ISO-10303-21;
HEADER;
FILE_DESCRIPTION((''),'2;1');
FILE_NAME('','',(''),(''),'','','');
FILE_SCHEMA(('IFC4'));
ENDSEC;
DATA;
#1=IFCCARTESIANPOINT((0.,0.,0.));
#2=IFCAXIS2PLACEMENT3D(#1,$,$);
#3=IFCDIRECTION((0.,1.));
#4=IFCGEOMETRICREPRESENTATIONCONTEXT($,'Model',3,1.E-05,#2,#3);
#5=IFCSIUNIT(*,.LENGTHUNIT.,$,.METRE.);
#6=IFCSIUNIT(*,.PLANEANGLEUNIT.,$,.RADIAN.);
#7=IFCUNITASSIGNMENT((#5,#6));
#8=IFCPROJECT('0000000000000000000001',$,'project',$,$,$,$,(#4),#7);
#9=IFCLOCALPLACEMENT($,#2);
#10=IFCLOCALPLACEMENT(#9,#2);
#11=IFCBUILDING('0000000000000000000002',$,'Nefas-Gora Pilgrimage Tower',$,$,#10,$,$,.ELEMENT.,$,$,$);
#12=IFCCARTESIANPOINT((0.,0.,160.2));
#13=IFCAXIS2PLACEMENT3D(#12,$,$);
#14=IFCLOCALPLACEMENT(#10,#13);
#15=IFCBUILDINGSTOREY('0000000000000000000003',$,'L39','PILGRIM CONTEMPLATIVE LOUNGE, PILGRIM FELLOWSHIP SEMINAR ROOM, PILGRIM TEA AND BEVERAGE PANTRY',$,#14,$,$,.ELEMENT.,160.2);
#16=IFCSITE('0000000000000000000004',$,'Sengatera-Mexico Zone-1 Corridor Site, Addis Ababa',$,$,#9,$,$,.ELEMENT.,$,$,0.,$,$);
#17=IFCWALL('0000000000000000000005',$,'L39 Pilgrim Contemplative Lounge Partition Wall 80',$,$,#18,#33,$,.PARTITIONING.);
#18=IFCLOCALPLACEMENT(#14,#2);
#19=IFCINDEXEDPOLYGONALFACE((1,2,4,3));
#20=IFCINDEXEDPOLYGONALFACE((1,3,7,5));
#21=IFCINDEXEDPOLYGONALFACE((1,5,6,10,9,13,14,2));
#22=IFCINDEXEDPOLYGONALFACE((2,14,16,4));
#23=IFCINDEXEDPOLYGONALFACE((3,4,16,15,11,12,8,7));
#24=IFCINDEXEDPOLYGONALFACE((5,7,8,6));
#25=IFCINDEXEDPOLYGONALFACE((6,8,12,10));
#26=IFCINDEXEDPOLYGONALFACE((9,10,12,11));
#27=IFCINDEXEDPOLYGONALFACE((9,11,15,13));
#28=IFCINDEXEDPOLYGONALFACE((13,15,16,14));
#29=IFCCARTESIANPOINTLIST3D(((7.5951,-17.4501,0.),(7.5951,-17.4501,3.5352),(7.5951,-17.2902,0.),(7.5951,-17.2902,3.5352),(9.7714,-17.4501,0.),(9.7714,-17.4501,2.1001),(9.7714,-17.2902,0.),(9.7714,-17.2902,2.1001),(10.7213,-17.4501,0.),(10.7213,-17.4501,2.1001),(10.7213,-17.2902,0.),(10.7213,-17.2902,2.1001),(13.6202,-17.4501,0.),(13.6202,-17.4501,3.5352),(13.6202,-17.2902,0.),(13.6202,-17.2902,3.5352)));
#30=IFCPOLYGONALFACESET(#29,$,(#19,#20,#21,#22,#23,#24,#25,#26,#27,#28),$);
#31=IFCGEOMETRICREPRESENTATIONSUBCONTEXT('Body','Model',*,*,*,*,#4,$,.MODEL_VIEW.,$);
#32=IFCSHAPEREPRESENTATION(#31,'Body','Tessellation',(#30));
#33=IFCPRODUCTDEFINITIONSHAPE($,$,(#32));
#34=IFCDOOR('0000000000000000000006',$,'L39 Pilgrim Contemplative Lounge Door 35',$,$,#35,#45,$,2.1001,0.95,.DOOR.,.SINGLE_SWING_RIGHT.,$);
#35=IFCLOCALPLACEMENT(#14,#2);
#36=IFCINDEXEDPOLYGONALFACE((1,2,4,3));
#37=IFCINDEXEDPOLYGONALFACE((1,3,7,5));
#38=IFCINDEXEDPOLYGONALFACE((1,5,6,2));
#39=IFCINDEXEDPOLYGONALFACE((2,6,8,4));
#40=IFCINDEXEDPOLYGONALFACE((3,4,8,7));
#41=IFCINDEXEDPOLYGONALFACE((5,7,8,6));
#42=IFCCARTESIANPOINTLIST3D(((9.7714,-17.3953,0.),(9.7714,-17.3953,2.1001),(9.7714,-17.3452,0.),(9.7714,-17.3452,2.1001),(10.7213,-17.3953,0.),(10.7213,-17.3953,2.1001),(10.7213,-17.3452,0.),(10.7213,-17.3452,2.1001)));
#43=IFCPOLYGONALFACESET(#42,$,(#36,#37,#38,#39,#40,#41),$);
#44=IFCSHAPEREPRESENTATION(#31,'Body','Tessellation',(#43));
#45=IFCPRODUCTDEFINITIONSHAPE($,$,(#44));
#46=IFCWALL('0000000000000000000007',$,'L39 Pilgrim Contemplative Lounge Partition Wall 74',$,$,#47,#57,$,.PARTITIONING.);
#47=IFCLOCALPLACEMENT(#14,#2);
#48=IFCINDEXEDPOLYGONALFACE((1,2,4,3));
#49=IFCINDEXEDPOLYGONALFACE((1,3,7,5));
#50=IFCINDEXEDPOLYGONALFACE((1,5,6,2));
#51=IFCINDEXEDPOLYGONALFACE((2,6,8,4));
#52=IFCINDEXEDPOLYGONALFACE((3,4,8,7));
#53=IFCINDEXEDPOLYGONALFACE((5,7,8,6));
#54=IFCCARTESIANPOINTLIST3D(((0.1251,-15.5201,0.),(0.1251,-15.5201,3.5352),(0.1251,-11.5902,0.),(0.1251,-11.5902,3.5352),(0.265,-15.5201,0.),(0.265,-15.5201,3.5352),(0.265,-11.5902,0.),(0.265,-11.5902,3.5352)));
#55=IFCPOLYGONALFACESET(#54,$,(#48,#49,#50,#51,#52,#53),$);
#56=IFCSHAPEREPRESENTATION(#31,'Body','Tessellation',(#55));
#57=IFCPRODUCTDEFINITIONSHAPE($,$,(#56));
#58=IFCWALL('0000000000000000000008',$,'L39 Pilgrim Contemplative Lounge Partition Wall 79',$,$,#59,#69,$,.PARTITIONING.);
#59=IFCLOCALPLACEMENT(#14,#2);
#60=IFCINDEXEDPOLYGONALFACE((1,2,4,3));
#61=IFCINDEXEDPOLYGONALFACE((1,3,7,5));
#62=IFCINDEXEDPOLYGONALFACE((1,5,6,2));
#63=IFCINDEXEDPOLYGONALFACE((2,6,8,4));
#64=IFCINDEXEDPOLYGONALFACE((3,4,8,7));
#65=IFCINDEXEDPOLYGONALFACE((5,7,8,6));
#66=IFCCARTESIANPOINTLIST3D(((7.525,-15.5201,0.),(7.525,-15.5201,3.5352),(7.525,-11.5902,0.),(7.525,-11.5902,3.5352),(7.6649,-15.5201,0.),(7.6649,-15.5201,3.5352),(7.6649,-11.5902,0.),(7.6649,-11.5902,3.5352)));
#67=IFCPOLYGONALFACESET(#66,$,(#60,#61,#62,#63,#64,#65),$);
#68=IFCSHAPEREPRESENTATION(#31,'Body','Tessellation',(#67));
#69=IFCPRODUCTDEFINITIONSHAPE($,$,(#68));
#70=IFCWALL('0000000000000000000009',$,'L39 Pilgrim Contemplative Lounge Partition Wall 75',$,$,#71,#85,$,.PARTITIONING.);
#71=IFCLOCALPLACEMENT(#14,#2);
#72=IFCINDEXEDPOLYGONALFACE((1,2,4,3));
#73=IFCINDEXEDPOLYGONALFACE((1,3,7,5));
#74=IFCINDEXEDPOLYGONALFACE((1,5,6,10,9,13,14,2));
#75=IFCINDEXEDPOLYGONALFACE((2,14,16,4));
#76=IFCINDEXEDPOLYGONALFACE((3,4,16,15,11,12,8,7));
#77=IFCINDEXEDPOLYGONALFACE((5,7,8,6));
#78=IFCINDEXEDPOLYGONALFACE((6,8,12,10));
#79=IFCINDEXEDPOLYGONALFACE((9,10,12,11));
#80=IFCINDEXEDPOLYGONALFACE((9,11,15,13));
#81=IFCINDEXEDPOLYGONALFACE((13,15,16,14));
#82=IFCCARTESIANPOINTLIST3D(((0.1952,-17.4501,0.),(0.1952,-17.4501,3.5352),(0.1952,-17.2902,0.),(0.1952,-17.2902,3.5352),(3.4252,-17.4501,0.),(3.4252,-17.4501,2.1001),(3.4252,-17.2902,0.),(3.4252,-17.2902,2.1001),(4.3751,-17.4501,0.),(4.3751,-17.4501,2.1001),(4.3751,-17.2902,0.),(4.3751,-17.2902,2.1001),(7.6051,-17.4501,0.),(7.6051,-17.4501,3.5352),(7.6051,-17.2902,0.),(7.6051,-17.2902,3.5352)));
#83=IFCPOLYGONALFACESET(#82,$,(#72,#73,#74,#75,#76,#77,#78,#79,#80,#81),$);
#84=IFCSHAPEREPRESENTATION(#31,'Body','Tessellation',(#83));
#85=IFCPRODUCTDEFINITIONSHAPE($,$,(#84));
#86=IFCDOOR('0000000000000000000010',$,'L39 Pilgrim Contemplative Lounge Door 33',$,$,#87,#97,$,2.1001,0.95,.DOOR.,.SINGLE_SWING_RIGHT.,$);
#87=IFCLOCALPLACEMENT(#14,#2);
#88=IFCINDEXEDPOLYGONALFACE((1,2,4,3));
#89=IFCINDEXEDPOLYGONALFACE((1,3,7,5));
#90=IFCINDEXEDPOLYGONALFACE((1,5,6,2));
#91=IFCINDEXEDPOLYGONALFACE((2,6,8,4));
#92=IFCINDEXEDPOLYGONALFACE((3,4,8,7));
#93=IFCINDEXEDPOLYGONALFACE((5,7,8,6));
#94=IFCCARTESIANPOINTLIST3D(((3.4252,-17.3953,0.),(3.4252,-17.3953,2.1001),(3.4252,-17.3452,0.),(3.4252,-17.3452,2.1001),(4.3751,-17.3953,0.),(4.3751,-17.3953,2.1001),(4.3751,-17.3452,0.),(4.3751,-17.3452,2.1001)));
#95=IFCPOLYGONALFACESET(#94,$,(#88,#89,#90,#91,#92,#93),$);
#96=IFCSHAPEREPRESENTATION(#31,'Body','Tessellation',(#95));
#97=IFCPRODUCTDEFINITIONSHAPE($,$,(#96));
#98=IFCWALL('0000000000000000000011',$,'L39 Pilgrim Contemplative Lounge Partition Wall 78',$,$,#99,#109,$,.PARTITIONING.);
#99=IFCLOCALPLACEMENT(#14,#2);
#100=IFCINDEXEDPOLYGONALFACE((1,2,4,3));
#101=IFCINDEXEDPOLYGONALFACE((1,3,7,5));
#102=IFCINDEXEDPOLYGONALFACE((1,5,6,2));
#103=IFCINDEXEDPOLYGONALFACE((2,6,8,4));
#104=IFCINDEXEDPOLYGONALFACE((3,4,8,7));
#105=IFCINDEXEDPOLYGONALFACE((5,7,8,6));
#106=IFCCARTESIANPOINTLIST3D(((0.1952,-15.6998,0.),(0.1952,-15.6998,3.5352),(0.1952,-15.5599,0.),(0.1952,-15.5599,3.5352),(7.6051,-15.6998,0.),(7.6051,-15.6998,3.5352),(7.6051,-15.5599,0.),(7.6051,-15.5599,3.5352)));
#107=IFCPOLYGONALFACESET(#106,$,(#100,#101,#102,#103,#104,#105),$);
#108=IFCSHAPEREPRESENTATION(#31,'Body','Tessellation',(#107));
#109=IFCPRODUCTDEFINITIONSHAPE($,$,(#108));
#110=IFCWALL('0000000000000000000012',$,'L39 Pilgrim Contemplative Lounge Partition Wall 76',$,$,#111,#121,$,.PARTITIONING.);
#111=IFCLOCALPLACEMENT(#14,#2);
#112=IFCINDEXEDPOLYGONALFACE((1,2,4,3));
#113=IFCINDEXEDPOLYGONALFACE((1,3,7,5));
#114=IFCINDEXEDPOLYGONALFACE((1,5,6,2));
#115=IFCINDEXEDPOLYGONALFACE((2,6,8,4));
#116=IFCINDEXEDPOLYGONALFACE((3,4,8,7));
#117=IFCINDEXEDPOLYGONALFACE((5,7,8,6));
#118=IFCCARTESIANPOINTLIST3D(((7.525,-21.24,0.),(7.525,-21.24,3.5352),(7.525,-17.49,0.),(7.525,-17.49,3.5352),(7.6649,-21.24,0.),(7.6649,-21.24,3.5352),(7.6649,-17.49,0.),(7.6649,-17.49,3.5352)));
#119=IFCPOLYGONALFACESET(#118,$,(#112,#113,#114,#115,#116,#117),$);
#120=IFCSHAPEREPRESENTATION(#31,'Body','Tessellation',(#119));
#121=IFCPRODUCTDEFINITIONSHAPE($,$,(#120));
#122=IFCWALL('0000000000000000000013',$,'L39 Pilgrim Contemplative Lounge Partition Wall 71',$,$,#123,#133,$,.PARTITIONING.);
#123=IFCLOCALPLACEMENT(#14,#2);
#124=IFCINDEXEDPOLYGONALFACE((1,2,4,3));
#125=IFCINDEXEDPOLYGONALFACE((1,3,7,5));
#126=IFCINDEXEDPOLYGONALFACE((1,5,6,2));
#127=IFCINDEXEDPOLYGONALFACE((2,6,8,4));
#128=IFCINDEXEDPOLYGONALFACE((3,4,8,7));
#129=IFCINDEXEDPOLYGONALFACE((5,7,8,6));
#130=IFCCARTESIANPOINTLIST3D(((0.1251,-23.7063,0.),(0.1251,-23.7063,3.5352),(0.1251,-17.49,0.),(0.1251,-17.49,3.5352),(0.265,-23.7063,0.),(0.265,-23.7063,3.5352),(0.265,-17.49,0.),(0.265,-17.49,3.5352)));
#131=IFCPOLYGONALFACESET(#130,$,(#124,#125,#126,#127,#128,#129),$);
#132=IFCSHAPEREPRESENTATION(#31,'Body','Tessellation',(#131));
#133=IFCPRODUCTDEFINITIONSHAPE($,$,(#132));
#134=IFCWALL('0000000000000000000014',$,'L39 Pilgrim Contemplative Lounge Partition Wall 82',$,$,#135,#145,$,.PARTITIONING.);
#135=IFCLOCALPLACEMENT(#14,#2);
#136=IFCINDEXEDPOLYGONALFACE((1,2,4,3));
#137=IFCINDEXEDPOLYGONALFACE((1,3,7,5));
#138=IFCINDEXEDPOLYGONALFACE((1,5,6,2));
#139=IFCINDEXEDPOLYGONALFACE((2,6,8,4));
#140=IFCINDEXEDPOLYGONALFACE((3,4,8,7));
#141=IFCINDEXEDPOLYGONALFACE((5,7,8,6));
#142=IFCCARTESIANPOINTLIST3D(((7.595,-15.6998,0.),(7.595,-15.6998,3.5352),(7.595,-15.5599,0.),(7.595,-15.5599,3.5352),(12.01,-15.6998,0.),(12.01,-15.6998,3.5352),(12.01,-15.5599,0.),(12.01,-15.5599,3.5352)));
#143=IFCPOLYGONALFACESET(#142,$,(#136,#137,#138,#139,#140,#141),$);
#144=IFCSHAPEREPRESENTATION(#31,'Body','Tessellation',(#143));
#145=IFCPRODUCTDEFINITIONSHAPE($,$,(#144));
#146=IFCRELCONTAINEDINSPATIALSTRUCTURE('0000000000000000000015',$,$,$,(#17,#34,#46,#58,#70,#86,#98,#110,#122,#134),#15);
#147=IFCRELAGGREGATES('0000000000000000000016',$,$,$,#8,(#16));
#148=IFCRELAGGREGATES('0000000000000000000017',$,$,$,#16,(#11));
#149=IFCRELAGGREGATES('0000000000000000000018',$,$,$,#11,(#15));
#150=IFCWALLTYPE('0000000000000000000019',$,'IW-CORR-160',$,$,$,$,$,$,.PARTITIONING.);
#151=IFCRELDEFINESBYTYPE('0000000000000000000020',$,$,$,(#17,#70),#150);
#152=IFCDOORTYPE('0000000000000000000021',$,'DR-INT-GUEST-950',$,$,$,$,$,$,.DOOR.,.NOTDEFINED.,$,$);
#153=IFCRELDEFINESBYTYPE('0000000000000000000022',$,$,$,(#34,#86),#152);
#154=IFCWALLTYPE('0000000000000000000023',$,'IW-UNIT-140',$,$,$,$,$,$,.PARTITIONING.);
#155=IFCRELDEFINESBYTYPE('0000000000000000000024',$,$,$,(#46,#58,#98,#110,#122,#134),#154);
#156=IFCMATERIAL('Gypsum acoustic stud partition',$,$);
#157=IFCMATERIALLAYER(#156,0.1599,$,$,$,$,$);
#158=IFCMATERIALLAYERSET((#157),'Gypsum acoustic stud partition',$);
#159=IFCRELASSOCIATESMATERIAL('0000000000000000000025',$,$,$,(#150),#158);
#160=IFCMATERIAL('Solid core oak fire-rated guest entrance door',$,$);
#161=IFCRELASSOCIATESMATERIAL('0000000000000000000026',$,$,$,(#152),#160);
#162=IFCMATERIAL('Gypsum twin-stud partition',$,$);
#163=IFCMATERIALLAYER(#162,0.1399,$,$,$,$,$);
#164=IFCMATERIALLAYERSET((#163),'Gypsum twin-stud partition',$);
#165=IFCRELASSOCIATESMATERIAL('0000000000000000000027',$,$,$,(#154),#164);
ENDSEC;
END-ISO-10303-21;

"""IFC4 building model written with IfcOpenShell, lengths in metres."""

from ifc_helpers import new_model, si_unit, direction, frame, frame_2d, origin, place, context, subcontext, project, spatial, rectangle, extrude, source, transform, mapped, material, layer, layer_set, type_object, element, fill, save


model = new_model("IFC4")

# Units and contexts
model_context = context("Model", 3, precision=1e-05, world=origin(), true_north=direction((0.0, 1.0)))
body_context = subcontext(model_context, "Body", "Model", "MODEL_VIEW")
ifc_project = project(units=[si_unit("LENGTHUNIT", "METRE"), si_unit("PLANEANGLEUNIT", "RADIAN")], contexts=[model_context])

# Site, building, storey
site_placement = place(None, origin())
site = spatial("IfcSite", under=ifc_project, at=site_placement, Name="Sengatera-Mexico Zone-1 Corridor Site, Addis Ababa", CompositionType="ELEMENT", RefElevation=0.0)
building_placement = place(site_placement, origin())
building = spatial("IfcBuilding", under=site, at=building_placement, Name="Nefas-Gora Pilgrimage Tower", CompositionType="ELEMENT")
storey_placement = place(building_placement, frame((0.0, 0.0, 160.2)))
storey = spatial("IfcBuildingStorey", under=building, at=storey_placement, Name="L39", Description="PILGRIM CONTEMPLATIVE LOUNGE, PILGRIM FELLOWSHIP SEMINAR ROOM, PILGRIM TEA AND BEVERAGE PANTRY", CompositionType="ELEMENT", Elevation=160.2)

# Wall, opening, door
ifc_material_1 = material(Name="Gypsum acoustic stud partition")
ifc_layer_1 = layer(ifc_material_1, 0.1599)
ifc_layer_set_1 = layer_set([ifc_layer_1], Name="Gypsum acoustic stud partition")
wall_type_1 = type_object("IfcWallType", Name="IW-CORR-160", PredefinedType="PARTITIONING", material=ifc_layer_set_1)
shared_shape_1 = source(origin(), body_context, "Body", "SweptSolid", [
    extrude(rectangle(XDim=6.0251, YDim=0.1599, at=frame_2d((3.0127, 0.0))), origin(), (0.0, 0.0, 1.0), 3.5352),
])
wall_1_placement = place(storey_placement, frame((7.595, -17.3701, 0.0), z_axis=(0.0, 0.0, 1.0), x_axis=(1.0, 0.0, 0.0)))
wall_1 = element("IfcWall", 1, at=wall_1_placement, inside=storey, type_object=wall_type_1, Name="L39 Pilgrim Contemplative Lounge Partition Wall 80", PredefinedType="PARTITIONING", context=body_context, shape_type="MappedRepresentation", body=[
    mapped(shared_shape_1, transform((0.0, 0.0, 0.0), x_axis=(1.0, 0.0, 0.0), y_axis=(0.0, 1.0, 0.0), z_axis=(0.0, 0.0, 1.0), scale=1.0)),
])
opening_1_placement = place(wall_1_placement, frame((2.1763, 0.0, 0.0)))
opening_1 = element("IfcOpeningElement", 2, at=opening_1_placement, cuts=wall_1, PredefinedType="OPENING", context=body_context, shape_type="SweptSolid", body=[
    extrude(rectangle(XDim=0.95, YDim=2.1001, at=frame_2d((0.4751, 1.05))), frame((0.0, 0.0898, 0.0), z_axis=(0.0, -1.0, 0.0), x_axis=(1.0, 0.0, 0.0)), (0.0, 0.0, 1.0), 0.1799),
])
ifc_material_2 = material(Name="Solid core oak fire-rated guest entrance door")
door_type = type_object("IfcDoorType", Name="DR-INT-GUEST-950", OperationType="NOTDEFINED", PredefinedType="DOOR", material=ifc_material_2)
shared_shape_2 = source(origin(), body_context, "Body", "SweptSolid", [
    extrude(rectangle(XDim=0.95, YDim=2.1001, at=frame_2d((0.4751, 1.05))), frame((0.0, 0.0249, 0.0), z_axis=(0.0, -1.0, 0.0), x_axis=(1.0, 0.0, 0.0)), (0.0, 0.0, 1.0), 0.05),
])
door_1_placement = place(opening_1_placement, origin())
door_1 = element("IfcDoor", 3, at=door_1_placement, inside=storey, type_object=door_type, Name="L39 Pilgrim Contemplative Lounge Door 35", OperationType="SINGLE_SWING_RIGHT", OverallHeight=2.1001, OverallWidth=0.95, PredefinedType="DOOR", context=body_context, shape_type="MappedRepresentation", body=[
    mapped(shared_shape_2, transform((0.0, 0.0, 0.0), x_axis=(1.0, 0.0, 0.0), y_axis=(0.0, 1.0, 0.0), z_axis=(0.0, 0.0, 1.0), scale=1.0)),
])
fill(opening_1, door_1)

# Walls
ifc_material_3 = material(Name="Gypsum twin-stud partition")
ifc_layer_2 = layer(ifc_material_3, 0.1399)
ifc_layer_set_2 = layer_set([ifc_layer_2], Name="Gypsum twin-stud partition")
wall_type_2 = type_object("IfcWallType", Name="IW-UNIT-140", PredefinedType="PARTITIONING", material=ifc_layer_set_2)
shared_shape_3 = source(origin(), body_context, "Body", "SweptSolid", [
    extrude(rectangle(XDim=3.9299, YDim=0.1399, at=frame_2d((1.9648, 0.0))), origin(), (0.0, 0.0, 1.0), 3.5352),
])
for number, where, z_axis, x_axis, name in (
    (4, (0.1951, -15.52, 0.0), (0.0, 0.0, 1.0), (0.0, 1.0, 0.0), "L39 Pilgrim Contemplative Lounge Partition Wall 74"),
    (5, (7.595, -15.52, 0.0), (0.0, 0.0, 1.0), (0.0, 1.0, 0.0), "L39 Pilgrim Contemplative Lounge Partition Wall 79"),
):
    element("IfcWall", number, at=place(storey_placement, frame(where, z_axis=z_axis, x_axis=x_axis)), inside=storey, type_object=wall_type_2, Name=name, PredefinedType="PARTITIONING", context=body_context, shape_type="MappedRepresentation", body=[
        mapped(shared_shape_3, transform((0.0, 0.0, 0.0), x_axis=(1.0, 0.0, 0.0), y_axis=(0.0, 1.0, 0.0), z_axis=(0.0, 0.0, 1.0), scale=1.0)),
    ])

# Wall, opening, door
shared_shape_4 = source(origin(), body_context, "Body", "SweptSolid", [
    extrude(rectangle(XDim=7.4099, YDim=0.1599, at=frame_2d((3.7051, 0.0))), origin(), (0.0, 0.0, 1.0), 3.5352),
])
wall_2_placement = place(storey_placement, frame((0.1951, -17.3701, 0.0), z_axis=(0.0, 0.0, 1.0), x_axis=(1.0, 0.0, 0.0)))
wall_2 = element("IfcWall", 6, at=wall_2_placement, inside=storey, type_object=wall_type_1, Name="L39 Pilgrim Contemplative Lounge Partition Wall 75", PredefinedType="PARTITIONING", context=body_context, shape_type="MappedRepresentation", body=[
    mapped(shared_shape_4, transform((0.0, 0.0, 0.0), x_axis=(1.0, 0.0, 0.0), y_axis=(0.0, 1.0, 0.0), z_axis=(0.0, 0.0, 1.0), scale=1.0)),
])
opening_2_placement = place(wall_2_placement, frame((3.23, 0.0, 0.0)))
opening_2 = element("IfcOpeningElement", 7, at=opening_2_placement, cuts=wall_2, PredefinedType="OPENING", context=body_context, shape_type="SweptSolid", body=[
    extrude(rectangle(XDim=0.95, YDim=2.1001, at=frame_2d((0.4751, 1.05))), frame((0.0, 0.0898, 0.0), z_axis=(0.0, -1.0, 0.0), x_axis=(1.0, 0.0, 0.0)), (0.0, 0.0, 1.0), 0.1799),
])
door_2_placement = place(opening_2_placement, origin())
door_2 = element("IfcDoor", 8, at=door_2_placement, inside=storey, type_object=door_type, Name="L39 Pilgrim Contemplative Lounge Door 33", OperationType="SINGLE_SWING_RIGHT", OverallHeight=2.1001, OverallWidth=0.95, PredefinedType="DOOR", context=body_context, shape_type="MappedRepresentation", body=[
    mapped(shared_shape_2, transform((0.0, 0.0, 0.0), x_axis=(1.0, 0.0, 0.0), y_axis=(0.0, 1.0, 0.0), z_axis=(0.0, 0.0, 1.0), scale=1.0)),
])
fill(opening_2, door_2)

# Walls
shared_shape_5 = source(origin(), body_context, "Body", "SweptSolid", [
    extrude(rectangle(XDim=7.4099, YDim=0.1399, at=frame_2d((3.7051, 0.0))), origin(), (0.0, 0.0, 1.0), 3.5352),
])
wall_3_placement = place(storey_placement, frame((0.1951, -15.6299, 0.0), z_axis=(0.0, 0.0, 1.0), x_axis=(1.0, 0.0, 0.0)))
element("IfcWall", 9, at=wall_3_placement, inside=storey, type_object=wall_type_2, Name="L39 Pilgrim Contemplative Lounge Partition Wall 78", PredefinedType="PARTITIONING", context=body_context, shape_type="MappedRepresentation", body=[
    mapped(shared_shape_5, transform((0.0, 0.0, 0.0), x_axis=(1.0, 0.0, 0.0), y_axis=(0.0, 1.0, 0.0), z_axis=(0.0, 0.0, 1.0), scale=1.0)),
])
shared_shape_6 = source(origin(), body_context, "Body", "SweptSolid", [
    extrude(rectangle(XDim=3.75, YDim=0.1399, at=frame_2d((1.875, 0.0))), origin(), (0.0, 0.0, 1.0), 3.5352),
])
wall_4_placement = place(storey_placement, frame((7.595, -21.24, 0.0), z_axis=(0.0, 0.0, 1.0), x_axis=(0.0, 1.0, 0.0)))
element("IfcWall", 10, at=wall_4_placement, inside=storey, type_object=wall_type_2, Name="L39 Pilgrim Contemplative Lounge Partition Wall 76", PredefinedType="PARTITIONING", context=body_context, shape_type="MappedRepresentation", body=[
    mapped(shared_shape_6, transform((0.0, 0.0, 0.0), x_axis=(1.0, 0.0, 0.0), y_axis=(0.0, 1.0, 0.0), z_axis=(0.0, 0.0, 1.0), scale=1.0)),
])
shared_shape_7 = source(origin(), body_context, "Body", "SweptSolid", [
    extrude(rectangle(XDim=6.2163, YDim=0.1399, at=frame_2d((3.1082, 0.0))), origin(), (0.0, 0.0, 1.0), 3.5352),
])
wall_5_placement = place(storey_placement, frame((0.1951, -23.7063, 0.0), z_axis=(0.0, 0.0, 1.0), x_axis=(0.0, 1.0, 0.0)))
element("IfcWall", 11, at=wall_5_placement, inside=storey, type_object=wall_type_2, Name="L39 Pilgrim Contemplative Lounge Partition Wall 71", PredefinedType="PARTITIONING", context=body_context, shape_type="MappedRepresentation", body=[
    mapped(shared_shape_7, transform((0.0, 0.0, 0.0), x_axis=(1.0, 0.0, 0.0), y_axis=(0.0, 1.0, 0.0), z_axis=(0.0, 0.0, 1.0), scale=1.0)),
])
shared_shape_8 = source(origin(), body_context, "Body", "SweptSolid", [
    extrude(rectangle(XDim=4.415, YDim=0.1399, at=frame_2d((2.2075, 0.0))), origin(), (0.0, 0.0, 1.0), 3.5352),
])
wall_6_placement = place(storey_placement, frame((7.595, -15.6299, 0.0), z_axis=(0.0, 0.0, 1.0), x_axis=(1.0, 0.0, 0.0)))
element("IfcWall", 12, at=wall_6_placement, inside=storey, type_object=wall_type_2, Name="L39 Pilgrim Contemplative Lounge Partition Wall 82", PredefinedType="PARTITIONING", context=body_context, shape_type="MappedRepresentation", body=[
    mapped(shared_shape_8, transform((0.0, 0.0, 0.0), x_axis=(1.0, 0.0, 0.0), y_axis=(0.0, 1.0, 0.0), z_axis=(0.0, 0.0, 1.0), scale=1.0)),
])

save(model, "model.ifc")
